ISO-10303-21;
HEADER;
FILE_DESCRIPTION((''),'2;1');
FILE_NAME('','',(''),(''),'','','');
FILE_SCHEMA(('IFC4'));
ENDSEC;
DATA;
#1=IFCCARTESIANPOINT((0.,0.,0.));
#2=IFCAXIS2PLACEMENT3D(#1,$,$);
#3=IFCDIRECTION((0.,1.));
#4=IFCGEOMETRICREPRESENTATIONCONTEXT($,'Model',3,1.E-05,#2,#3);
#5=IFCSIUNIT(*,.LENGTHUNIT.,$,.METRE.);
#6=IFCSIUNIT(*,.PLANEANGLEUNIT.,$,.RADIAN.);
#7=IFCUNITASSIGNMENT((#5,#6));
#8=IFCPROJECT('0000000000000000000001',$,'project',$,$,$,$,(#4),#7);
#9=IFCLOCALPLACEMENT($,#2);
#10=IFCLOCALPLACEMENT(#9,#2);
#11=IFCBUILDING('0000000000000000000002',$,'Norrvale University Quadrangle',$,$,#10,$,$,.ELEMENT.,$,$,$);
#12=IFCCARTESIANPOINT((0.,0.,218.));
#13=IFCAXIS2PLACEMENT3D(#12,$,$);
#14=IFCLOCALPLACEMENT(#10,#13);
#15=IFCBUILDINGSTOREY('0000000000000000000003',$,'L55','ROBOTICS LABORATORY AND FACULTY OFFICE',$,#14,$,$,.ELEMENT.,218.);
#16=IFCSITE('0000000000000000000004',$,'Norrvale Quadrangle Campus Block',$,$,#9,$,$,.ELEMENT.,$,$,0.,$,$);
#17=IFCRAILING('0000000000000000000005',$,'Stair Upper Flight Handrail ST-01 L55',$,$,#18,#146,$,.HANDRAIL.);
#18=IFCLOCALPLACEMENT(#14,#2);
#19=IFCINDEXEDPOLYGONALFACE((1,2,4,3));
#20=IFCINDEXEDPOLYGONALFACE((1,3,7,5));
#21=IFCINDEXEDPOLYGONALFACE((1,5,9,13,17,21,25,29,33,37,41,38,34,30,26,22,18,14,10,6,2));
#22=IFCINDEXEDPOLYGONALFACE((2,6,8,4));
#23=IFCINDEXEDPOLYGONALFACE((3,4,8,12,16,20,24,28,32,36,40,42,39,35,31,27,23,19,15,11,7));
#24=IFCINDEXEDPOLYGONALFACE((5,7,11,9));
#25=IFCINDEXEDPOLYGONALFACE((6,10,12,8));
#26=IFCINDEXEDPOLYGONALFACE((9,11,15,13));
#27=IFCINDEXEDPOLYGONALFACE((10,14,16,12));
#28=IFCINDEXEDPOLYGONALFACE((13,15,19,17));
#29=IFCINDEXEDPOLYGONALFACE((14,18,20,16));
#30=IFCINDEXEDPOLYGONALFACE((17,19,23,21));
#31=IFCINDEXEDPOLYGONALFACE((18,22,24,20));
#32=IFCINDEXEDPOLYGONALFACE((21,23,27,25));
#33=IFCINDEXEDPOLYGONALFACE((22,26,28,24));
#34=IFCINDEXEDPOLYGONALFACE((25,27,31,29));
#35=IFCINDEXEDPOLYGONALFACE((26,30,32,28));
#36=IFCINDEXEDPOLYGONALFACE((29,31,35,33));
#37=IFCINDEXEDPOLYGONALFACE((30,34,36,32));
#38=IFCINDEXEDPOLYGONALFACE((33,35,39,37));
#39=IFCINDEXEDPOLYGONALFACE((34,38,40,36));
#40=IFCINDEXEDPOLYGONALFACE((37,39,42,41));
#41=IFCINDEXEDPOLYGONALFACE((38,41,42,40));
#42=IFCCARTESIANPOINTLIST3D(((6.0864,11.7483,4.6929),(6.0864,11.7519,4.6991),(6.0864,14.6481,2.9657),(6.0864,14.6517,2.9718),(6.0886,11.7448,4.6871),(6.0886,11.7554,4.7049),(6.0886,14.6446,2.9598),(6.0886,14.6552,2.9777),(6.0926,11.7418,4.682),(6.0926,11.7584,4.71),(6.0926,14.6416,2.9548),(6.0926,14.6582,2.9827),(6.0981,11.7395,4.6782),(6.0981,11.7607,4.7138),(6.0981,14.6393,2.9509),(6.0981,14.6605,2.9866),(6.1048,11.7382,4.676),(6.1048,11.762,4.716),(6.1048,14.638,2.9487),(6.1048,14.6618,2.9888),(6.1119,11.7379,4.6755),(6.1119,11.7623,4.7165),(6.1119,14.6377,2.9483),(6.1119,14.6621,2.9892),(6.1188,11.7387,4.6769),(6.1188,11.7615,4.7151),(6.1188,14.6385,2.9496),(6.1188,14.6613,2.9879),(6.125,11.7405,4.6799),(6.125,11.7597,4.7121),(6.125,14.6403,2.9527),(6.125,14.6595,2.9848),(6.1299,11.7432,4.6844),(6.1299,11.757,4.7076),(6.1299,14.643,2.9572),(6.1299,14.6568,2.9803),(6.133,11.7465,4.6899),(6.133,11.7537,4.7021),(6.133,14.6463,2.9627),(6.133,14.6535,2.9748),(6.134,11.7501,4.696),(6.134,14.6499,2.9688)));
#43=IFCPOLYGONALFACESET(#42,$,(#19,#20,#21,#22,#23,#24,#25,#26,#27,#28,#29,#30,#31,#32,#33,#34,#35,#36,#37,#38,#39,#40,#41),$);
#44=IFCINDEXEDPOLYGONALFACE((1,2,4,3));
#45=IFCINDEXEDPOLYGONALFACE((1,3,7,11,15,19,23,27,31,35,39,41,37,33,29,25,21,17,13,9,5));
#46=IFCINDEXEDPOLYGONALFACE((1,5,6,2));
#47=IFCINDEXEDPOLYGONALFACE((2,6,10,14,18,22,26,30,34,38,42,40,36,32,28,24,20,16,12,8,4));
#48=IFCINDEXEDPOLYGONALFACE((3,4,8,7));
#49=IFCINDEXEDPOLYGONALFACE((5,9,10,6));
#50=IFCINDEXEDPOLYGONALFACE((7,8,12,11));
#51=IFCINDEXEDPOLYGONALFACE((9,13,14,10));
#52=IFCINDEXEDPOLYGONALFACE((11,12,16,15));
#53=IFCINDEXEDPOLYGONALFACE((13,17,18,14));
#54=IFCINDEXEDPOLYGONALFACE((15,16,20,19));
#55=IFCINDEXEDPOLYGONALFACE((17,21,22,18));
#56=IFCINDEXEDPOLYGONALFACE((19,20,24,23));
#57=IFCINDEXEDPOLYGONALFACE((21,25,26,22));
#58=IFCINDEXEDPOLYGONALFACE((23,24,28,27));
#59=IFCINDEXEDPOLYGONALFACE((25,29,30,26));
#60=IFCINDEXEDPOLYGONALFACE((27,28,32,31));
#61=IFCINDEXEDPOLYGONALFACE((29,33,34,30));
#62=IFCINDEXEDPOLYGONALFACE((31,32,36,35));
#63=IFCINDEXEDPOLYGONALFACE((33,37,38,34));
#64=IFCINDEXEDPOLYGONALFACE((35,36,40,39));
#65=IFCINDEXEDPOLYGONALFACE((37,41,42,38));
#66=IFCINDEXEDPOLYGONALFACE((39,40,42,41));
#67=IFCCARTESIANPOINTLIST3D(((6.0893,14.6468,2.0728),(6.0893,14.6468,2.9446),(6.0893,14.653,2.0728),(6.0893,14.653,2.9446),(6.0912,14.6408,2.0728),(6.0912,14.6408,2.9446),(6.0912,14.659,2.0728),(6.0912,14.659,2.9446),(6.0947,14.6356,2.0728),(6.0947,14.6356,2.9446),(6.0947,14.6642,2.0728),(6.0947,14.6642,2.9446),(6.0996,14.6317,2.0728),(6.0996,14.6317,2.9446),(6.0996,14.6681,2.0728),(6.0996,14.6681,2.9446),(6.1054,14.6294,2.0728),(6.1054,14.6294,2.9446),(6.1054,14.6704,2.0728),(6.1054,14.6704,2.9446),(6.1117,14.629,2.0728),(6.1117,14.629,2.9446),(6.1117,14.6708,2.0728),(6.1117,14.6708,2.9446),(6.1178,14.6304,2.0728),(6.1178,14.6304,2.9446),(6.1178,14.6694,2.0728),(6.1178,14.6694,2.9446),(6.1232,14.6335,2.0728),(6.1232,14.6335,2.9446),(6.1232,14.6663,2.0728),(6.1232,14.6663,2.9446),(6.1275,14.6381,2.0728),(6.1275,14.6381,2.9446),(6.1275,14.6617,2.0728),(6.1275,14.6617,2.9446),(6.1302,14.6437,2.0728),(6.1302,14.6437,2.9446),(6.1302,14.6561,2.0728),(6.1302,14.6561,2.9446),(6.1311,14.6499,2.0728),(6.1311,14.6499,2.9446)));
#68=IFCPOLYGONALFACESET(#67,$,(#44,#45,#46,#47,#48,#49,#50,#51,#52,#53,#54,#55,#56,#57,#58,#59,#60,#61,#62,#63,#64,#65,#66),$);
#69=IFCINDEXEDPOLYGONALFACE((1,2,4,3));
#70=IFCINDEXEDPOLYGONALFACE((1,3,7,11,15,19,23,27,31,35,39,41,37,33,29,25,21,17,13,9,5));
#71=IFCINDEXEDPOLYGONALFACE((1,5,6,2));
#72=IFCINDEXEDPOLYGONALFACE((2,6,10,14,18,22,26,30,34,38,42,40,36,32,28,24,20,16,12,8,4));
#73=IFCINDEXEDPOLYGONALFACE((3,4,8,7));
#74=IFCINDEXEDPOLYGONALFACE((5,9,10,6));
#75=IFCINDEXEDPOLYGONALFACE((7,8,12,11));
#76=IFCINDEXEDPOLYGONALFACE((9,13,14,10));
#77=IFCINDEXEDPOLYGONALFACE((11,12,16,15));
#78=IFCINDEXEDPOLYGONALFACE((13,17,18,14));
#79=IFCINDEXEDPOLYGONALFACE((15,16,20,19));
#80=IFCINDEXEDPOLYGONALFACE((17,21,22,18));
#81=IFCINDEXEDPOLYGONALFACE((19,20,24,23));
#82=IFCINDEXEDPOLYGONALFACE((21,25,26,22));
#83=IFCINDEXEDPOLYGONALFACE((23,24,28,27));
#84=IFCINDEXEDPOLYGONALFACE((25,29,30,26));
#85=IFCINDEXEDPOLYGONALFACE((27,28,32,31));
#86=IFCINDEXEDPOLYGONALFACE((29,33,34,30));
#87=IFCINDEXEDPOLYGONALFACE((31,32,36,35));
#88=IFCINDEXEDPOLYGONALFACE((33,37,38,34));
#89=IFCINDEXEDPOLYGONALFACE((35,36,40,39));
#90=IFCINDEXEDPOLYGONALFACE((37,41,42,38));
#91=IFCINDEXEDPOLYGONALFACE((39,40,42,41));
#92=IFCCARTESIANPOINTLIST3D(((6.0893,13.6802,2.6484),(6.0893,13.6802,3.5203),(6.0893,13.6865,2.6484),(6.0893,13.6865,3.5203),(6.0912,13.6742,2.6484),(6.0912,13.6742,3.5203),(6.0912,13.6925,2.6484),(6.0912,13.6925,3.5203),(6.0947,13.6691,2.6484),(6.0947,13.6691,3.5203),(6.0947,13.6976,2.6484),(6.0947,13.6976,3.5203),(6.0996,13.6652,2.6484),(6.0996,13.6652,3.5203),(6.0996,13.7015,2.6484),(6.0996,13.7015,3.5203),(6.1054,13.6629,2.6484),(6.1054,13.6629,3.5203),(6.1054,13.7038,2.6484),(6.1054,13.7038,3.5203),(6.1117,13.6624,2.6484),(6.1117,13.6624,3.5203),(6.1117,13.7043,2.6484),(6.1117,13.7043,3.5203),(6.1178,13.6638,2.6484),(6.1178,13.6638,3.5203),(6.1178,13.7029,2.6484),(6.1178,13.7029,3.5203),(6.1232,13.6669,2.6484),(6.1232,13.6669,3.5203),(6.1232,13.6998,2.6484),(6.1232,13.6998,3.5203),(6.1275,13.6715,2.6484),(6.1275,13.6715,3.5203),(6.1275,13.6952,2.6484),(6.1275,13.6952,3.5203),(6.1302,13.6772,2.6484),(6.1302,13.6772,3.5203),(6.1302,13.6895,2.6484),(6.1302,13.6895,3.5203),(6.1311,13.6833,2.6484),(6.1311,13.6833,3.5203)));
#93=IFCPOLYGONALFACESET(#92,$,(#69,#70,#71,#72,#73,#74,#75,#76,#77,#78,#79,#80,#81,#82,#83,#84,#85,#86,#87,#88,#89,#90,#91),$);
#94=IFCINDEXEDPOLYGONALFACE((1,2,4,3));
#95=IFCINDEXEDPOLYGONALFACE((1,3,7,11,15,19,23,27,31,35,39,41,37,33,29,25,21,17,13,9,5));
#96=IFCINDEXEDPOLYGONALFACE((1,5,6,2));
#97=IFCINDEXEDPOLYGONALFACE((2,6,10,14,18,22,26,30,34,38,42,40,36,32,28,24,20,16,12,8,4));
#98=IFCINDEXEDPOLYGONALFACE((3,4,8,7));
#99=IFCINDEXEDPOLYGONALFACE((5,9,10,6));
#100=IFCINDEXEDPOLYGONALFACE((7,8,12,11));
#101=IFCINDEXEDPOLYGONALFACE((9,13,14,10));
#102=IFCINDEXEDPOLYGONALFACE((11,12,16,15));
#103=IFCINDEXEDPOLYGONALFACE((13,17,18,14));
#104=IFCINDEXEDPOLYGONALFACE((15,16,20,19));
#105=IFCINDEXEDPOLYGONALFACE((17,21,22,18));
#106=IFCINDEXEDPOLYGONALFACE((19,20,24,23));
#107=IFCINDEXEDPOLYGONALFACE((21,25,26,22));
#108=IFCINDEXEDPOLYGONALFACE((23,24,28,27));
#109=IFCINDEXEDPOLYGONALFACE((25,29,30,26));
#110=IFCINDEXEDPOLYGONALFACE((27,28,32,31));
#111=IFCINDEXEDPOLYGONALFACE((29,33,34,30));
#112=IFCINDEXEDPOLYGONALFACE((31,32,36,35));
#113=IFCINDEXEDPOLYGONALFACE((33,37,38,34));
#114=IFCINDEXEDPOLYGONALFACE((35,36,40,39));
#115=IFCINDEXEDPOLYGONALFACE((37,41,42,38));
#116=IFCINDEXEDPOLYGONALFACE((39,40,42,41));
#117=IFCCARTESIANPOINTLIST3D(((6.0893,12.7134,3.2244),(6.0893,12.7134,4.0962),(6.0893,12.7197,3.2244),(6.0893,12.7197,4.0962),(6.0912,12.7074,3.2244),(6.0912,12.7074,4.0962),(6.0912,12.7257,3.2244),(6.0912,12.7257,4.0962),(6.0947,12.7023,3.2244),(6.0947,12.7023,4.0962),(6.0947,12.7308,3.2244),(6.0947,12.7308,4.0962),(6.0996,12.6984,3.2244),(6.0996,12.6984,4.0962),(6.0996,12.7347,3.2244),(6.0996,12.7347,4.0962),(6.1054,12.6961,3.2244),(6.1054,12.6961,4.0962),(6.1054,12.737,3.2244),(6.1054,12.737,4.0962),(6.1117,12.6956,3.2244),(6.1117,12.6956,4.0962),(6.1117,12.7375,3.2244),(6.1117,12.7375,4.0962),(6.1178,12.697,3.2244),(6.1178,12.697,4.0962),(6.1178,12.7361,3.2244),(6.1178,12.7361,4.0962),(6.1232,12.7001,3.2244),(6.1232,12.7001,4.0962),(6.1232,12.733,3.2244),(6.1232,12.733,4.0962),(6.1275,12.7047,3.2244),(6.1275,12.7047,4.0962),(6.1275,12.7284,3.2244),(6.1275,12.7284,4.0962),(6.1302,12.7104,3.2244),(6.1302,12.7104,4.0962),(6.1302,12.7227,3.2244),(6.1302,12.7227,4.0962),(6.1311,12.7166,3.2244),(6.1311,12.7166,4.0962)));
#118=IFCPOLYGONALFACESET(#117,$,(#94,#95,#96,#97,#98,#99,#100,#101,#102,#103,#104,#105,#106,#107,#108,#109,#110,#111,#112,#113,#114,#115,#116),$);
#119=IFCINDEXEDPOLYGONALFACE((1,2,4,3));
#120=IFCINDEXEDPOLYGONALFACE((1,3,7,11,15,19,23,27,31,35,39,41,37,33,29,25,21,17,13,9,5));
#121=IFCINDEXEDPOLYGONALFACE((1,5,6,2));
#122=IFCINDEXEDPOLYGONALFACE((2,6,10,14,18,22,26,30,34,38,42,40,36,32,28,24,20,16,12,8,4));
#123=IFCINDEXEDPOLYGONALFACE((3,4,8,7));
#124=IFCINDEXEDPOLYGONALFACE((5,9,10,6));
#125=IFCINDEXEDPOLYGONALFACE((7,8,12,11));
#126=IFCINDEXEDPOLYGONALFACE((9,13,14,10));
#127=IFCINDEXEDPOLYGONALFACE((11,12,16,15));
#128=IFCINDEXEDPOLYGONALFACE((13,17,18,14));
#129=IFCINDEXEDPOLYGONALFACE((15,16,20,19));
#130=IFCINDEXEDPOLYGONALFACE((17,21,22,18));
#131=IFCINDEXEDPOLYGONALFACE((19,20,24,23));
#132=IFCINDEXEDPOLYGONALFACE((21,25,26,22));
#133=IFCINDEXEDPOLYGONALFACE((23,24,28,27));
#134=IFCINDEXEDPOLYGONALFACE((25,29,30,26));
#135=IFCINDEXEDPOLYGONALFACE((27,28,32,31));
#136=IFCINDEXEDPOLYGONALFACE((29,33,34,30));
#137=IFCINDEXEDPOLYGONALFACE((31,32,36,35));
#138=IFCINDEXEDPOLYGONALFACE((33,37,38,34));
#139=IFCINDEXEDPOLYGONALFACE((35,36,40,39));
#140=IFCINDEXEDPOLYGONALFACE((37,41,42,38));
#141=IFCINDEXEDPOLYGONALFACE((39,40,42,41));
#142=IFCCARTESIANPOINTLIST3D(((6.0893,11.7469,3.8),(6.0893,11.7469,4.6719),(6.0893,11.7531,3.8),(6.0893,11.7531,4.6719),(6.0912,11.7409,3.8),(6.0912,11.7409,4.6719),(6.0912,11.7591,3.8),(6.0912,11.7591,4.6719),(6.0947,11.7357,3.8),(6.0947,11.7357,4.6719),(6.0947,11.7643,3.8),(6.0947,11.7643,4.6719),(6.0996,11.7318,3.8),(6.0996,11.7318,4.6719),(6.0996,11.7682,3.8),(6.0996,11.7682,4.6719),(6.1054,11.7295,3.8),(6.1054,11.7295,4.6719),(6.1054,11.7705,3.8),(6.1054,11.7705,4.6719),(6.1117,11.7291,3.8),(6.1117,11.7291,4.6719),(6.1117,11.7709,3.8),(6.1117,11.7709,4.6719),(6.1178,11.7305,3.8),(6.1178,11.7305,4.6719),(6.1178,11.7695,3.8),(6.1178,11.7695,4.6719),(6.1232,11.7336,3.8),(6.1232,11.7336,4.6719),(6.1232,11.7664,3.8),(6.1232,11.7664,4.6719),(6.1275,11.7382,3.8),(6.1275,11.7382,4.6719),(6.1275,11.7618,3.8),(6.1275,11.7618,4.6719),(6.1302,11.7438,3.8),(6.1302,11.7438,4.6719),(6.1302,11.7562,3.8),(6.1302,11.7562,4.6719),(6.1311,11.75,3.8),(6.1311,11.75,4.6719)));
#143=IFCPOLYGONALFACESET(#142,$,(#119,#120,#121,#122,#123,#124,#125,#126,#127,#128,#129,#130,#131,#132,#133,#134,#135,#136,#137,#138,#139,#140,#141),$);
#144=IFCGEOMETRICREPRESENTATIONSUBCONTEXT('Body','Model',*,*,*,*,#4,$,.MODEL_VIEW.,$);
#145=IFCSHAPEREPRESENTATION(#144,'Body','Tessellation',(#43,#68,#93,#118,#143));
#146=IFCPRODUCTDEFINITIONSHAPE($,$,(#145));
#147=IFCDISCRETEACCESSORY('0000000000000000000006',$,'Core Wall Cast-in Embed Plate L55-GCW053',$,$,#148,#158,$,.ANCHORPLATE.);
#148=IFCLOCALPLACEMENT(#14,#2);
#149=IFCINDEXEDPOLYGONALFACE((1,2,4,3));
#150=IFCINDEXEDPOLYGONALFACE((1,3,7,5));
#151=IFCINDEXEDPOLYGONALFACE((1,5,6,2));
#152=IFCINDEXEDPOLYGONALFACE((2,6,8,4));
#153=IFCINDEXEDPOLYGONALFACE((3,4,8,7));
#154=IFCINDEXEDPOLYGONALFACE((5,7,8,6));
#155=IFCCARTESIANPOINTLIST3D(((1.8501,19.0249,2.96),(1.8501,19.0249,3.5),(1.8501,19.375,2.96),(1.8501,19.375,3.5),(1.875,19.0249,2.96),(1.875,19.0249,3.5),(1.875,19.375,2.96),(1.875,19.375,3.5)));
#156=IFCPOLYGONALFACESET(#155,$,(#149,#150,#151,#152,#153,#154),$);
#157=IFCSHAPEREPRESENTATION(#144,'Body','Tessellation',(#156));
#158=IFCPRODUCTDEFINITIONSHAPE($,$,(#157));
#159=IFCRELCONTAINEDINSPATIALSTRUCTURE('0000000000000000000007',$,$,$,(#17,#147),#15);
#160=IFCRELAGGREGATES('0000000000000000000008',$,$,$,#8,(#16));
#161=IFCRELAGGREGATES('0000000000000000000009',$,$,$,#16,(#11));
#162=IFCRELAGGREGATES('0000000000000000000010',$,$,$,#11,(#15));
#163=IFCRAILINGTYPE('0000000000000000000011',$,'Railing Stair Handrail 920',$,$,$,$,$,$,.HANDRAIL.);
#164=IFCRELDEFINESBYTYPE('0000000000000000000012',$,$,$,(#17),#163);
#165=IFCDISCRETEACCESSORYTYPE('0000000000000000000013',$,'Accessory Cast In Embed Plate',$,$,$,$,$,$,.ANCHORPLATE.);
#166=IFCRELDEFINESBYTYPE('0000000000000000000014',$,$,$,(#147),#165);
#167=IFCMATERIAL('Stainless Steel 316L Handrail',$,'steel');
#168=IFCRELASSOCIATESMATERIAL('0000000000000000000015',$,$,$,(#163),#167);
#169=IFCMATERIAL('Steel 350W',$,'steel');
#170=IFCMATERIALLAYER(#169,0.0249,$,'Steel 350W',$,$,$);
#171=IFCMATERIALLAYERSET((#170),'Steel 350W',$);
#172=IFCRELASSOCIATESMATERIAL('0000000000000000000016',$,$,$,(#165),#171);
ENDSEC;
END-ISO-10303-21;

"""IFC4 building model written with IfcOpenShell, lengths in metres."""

from ifc_helpers import new_model, si_unit, direction, frame, origin, origin_2d, place, context, subcontext, project, spatial, rectangle, circle, extrude, material, layer, layer_set, type_object, element, save


model = new_model("IFC4")

# Units and contexts
model_context = context("Model", 3, precision=1e-05, world=origin(), true_north=direction((0.0, 1.0)))
body_context = subcontext(model_context, "Body", "Model", "MODEL_VIEW")
ifc_project = project(units=[si_unit("LENGTHUNIT", "METRE"), si_unit("PLANEANGLEUNIT", "RADIAN")], contexts=[model_context])

# Site, building, storey
site_placement = place(None, origin())
site = spatial("IfcSite", under=ifc_project, at=site_placement, Name="Norrvale Quadrangle Campus Block", CompositionType="ELEMENT", RefElevation=0.0)
building_placement = place(site_placement, origin())
building = spatial("IfcBuilding", under=site, at=building_placement, Name="Norrvale University Quadrangle", CompositionType="ELEMENT")
storey_placement = place(building_placement, frame((0.0, 0.0, 218.0)))
storey = spatial("IfcBuildingStorey", under=building, at=storey_placement, Name="L55", Description="ROBOTICS LABORATORY AND FACULTY OFFICE", CompositionType="ELEMENT", Elevation=218.0)

# Shared definitions
ifc_material_1 = material(Name="Steel 350W", Category="steel")

# Railing
ifc_material_2 = material(Name="Stainless Steel 316L Handrail", Category="steel")
railing_type_1 = type_object("IfcRailingType", Name="Railing Stair Handrail 920", PredefinedType="HANDRAIL", material=ifc_material_2)
railing_1_placement = place(storey_placement, frame((6.1101, 14.6499, 2.0728)))
element("IfcRailing", 1, at=railing_1_placement, inside=storey, type_object=railing_type_1, Name="Stair Upper Flight Handrail ST-01 L55", PredefinedType="HANDRAIL", context=body_context, shape_type="SweptSolid", body=[
    extrude(circle(Radius=0.0239, at=origin_2d()), frame((0.0, 0.0, 0.896), z_axis=(0.0, -0.859141, 0.511738), x_axis=(1.0, 0.0, 0.0)), (0.0, 0.0, 1.0), 3.3752),
    extrude(circle(Radius=0.021, at=origin_2d()), origin(), (0.0, 0.0, 1.0), 0.8718),
    extrude(circle(Radius=0.021, at=origin_2d()), frame((0.0, -0.9666, 0.5757)), (0.0, 0.0, 1.0), 0.8718),
    extrude(circle(Radius=0.021, at=origin_2d()), frame((0.0, -1.9333, 1.1516)), (0.0, 0.0, 1.0), 0.8718),
    extrude(circle(Radius=0.021, at=origin_2d()), frame((0.0, -2.8999, 1.7273)), (0.0, 0.0, 1.0), 0.8718),
])

# Discrete accessory
ifc_layer_1 = layer(ifc_material_1, 0.0249, Name="Steel 350W")
ifc_layer_set_1 = layer_set([ifc_layer_1], Name="Steel 350W")
discrete_accessory_type = type_object("IfcDiscreteAccessoryType", Name="Accessory Cast In Embed Plate", PredefinedType="ANCHORPLATE", material=ifc_layer_set_1)
discrete_accessory_placement = place(storey_placement, frame((1.8625, 19.2, 2.96), z_axis=(0.0, 0.0, 1.0), x_axis=(1.0, 0.0, 0.0)))
element("IfcDiscreteAccessory", 2, at=discrete_accessory_placement, inside=storey, type_object=discrete_accessory_type, Name="Core Wall Cast-in Embed Plate L55-GCW053", PredefinedType="ANCHORPLATE", context=body_context, shape_type="SweptSolid", body=[
    extrude(rectangle(XDim=0.0249, YDim=0.3501, at=origin_2d()), origin(), (0.0, 0.0, 1.0), 0.54),
])

save(model, "model.ifc")
